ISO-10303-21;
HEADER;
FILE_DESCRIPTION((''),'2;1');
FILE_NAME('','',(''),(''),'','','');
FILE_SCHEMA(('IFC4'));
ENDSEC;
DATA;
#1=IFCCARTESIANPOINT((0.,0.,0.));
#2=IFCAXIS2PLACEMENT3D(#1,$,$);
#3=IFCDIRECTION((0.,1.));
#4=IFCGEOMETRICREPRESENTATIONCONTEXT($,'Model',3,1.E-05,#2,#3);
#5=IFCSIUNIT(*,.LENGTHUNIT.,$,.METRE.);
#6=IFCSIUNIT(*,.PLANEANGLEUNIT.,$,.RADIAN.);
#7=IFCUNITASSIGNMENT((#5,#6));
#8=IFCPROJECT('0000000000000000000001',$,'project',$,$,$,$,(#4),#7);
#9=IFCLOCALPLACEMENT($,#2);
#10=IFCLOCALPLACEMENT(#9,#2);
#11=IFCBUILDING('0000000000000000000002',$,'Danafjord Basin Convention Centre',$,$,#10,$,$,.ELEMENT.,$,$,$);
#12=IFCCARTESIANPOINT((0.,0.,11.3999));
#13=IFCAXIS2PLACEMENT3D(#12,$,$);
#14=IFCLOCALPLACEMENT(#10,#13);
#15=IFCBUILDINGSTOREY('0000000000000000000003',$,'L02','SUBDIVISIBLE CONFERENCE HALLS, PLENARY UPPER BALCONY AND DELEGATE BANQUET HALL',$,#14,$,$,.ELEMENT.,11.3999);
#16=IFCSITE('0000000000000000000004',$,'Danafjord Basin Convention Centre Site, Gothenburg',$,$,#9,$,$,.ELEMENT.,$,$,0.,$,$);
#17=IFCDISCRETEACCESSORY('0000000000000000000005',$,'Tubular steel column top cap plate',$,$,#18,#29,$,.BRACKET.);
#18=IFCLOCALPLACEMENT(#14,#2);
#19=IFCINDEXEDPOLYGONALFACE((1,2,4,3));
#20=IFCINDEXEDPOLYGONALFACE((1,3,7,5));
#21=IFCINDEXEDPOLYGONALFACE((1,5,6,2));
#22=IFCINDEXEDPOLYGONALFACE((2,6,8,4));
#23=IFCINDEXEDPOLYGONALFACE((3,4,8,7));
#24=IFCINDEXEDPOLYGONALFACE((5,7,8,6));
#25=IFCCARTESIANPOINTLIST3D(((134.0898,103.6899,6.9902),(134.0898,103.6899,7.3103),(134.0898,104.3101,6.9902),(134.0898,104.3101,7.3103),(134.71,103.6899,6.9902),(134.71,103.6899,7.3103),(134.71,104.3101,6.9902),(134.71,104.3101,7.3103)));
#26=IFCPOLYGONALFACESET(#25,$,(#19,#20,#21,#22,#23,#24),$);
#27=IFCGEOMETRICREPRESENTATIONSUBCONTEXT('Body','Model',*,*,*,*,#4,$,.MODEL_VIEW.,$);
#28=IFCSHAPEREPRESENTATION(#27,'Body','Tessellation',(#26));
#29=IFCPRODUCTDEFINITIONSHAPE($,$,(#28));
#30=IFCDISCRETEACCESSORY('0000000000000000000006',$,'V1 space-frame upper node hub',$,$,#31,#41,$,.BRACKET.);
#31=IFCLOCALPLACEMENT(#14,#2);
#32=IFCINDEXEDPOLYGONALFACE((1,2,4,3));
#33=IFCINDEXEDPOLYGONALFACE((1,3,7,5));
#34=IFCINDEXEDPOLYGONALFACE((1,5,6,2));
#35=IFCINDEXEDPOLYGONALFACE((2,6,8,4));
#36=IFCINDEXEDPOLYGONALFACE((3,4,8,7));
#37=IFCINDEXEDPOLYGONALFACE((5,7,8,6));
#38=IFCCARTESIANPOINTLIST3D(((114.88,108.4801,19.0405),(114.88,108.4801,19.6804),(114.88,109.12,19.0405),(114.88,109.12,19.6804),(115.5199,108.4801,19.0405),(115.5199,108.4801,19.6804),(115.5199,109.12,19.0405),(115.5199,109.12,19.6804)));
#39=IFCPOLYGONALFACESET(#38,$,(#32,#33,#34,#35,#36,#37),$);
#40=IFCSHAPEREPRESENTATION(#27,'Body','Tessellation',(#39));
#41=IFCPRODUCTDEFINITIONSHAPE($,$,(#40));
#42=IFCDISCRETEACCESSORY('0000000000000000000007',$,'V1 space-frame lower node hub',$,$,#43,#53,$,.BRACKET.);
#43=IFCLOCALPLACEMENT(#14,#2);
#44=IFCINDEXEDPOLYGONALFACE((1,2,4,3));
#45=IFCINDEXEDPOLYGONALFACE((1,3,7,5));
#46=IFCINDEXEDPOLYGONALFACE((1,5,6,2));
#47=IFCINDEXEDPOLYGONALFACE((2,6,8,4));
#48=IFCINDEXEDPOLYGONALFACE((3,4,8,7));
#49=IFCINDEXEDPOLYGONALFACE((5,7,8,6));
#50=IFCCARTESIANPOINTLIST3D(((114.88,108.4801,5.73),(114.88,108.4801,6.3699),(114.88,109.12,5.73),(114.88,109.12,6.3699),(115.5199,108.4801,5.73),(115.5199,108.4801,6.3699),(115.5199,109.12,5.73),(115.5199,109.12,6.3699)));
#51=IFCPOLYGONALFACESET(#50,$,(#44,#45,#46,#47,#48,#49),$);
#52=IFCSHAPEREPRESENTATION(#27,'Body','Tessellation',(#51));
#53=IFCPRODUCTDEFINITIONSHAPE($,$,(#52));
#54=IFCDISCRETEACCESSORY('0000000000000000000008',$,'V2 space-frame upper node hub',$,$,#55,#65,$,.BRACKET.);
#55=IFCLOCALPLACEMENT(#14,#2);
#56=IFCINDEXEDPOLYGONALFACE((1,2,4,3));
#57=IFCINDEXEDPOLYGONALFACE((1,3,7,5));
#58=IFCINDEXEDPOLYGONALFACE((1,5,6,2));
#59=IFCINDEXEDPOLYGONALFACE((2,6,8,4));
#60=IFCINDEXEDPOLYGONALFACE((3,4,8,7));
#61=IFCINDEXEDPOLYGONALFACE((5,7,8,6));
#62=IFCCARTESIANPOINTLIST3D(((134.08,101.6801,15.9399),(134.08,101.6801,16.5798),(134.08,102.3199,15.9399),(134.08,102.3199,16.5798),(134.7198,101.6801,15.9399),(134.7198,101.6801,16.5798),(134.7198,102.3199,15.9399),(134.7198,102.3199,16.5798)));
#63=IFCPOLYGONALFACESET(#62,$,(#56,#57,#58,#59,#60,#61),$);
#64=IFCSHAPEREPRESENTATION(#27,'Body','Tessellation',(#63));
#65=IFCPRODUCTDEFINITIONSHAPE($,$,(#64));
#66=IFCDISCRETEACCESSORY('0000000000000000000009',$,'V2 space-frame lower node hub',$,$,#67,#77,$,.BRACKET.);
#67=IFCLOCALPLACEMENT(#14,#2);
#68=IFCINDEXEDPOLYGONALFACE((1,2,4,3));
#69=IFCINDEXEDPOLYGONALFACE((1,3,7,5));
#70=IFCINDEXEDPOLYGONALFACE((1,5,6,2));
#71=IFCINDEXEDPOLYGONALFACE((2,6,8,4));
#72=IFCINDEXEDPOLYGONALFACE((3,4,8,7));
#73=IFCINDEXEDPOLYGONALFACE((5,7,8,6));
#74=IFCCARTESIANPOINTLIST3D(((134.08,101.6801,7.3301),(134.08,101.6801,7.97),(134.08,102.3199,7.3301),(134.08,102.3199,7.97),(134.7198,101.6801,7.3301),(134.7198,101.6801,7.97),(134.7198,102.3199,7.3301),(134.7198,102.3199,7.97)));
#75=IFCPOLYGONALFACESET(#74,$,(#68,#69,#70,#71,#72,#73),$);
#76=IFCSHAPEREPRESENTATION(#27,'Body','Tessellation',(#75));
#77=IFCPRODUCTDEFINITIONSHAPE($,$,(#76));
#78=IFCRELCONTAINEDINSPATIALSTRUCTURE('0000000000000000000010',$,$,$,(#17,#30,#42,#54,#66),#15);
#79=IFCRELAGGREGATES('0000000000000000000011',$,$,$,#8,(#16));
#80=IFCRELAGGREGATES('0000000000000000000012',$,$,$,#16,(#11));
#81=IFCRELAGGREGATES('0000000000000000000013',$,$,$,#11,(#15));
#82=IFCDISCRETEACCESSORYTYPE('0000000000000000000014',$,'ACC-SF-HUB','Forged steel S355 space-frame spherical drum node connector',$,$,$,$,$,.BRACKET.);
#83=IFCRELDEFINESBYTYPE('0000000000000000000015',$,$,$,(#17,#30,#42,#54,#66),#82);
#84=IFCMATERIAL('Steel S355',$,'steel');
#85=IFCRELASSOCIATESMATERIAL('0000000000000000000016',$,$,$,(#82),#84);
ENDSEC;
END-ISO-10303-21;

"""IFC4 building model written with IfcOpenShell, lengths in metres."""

from ifc_helpers import new_model, si_unit, direction, frame, origin, origin_2d, place, context, subcontext, project, spatial, rectangle, extrude, material, type_object, element, save


model = new_model("IFC4")

# Units and contexts
model_context = context("Model", 3, precision=1e-05, world=origin(), true_north=direction((0.0, 1.0)))
body_context = subcontext(model_context, "Body", "Model", "MODEL_VIEW")
ifc_project = project(units=[si_unit("LENGTHUNIT", "METRE"), si_unit("PLANEANGLEUNIT", "RADIAN")], contexts=[model_context])

# Site, building, storey
site_placement = place(None, origin())
site = spatial("IfcSite", under=ifc_project, at=site_placement, Name="Danafjord Basin Convention Centre Site, Gothenburg", CompositionType="ELEMENT", RefElevation=0.0)
building_placement = place(site_placement, origin())
building = spatial("IfcBuilding", under=site, at=building_placement, Name="Danafjord Basin Convention Centre", CompositionType="ELEMENT")
storey_placement = place(building_placement, frame((0.0, 0.0, 11.3999)))
storey = spatial("IfcBuildingStorey", under=building, at=storey_placement, Name="L02", Description="SUBDIVISIBLE CONFERENCE HALLS, PLENARY UPPER BALCONY AND DELEGATE BANQUET HALL", CompositionType="ELEMENT", Elevation=11.3999)

# Shared definitions
ifc_material_1 = material(Name="Steel S355", Category="steel")

# Discrete accessories
discrete_accessory_type = type_object("IfcDiscreteAccessoryType", Name="ACC-SF-HUB", Description="Forged steel S355 space-frame spherical drum node connector", PredefinedType="BRACKET", material=ifc_material_1)
discrete_accessory_placement = place(storey_placement, frame((134.3999, 104.0, 6.9902), z_axis=(0.0, 0.0, 1.0), x_axis=(1.0, 0.0, 0.0)))
element("IfcDiscreteAccessory", 1, at=discrete_accessory_placement, inside=storey, type_object=discrete_accessory_type, Name="Tubular steel column top cap plate", PredefinedType="BRACKET", context=body_context, shape_type="SweptSolid", body=[
    extrude(rectangle(XDim=0.6201, YDim=0.6201, at=origin_2d()), origin(), (0.0, 0.0, 1.0), 0.3201),
])
for number, where, z_axis, x_axis, name in (
    (2, (115.2, 108.8, 19.0405), (0.0, 0.0, 1.0), (1.0, 0.0, 0.0), "V1 space-frame upper node hub"),
    (3, (115.2, 108.8, 5.73), (0.0, 0.0, 1.0), (1.0, 0.0, 0.0), "V1 space-frame lower node hub"),
    (4, (134.3999, 102.0, 15.9399), (0.0, 0.0, 1.0), (1.0, 0.0, 0.0), "V2 space-frame upper node hub"),
    (5, (134.3999, 102.0, 7.3301), (0.0, 0.0, 1.0), (1.0, 0.0, 0.0), "V2 space-frame lower node hub"),
):
    element("IfcDiscreteAccessory", number, at=place(storey_placement, frame(where, z_axis=z_axis, x_axis=x_axis)), inside=storey, type_object=discrete_accessory_type, Name=name, PredefinedType="BRACKET", context=body_context, shape_type="SweptSolid", body=[
        extrude(rectangle(XDim=0.6399, YDim=0.6399, at=origin_2d()), origin(), (0.0, 0.0, 1.0), 0.6399),
    ])

save(model, "model.ifc")
